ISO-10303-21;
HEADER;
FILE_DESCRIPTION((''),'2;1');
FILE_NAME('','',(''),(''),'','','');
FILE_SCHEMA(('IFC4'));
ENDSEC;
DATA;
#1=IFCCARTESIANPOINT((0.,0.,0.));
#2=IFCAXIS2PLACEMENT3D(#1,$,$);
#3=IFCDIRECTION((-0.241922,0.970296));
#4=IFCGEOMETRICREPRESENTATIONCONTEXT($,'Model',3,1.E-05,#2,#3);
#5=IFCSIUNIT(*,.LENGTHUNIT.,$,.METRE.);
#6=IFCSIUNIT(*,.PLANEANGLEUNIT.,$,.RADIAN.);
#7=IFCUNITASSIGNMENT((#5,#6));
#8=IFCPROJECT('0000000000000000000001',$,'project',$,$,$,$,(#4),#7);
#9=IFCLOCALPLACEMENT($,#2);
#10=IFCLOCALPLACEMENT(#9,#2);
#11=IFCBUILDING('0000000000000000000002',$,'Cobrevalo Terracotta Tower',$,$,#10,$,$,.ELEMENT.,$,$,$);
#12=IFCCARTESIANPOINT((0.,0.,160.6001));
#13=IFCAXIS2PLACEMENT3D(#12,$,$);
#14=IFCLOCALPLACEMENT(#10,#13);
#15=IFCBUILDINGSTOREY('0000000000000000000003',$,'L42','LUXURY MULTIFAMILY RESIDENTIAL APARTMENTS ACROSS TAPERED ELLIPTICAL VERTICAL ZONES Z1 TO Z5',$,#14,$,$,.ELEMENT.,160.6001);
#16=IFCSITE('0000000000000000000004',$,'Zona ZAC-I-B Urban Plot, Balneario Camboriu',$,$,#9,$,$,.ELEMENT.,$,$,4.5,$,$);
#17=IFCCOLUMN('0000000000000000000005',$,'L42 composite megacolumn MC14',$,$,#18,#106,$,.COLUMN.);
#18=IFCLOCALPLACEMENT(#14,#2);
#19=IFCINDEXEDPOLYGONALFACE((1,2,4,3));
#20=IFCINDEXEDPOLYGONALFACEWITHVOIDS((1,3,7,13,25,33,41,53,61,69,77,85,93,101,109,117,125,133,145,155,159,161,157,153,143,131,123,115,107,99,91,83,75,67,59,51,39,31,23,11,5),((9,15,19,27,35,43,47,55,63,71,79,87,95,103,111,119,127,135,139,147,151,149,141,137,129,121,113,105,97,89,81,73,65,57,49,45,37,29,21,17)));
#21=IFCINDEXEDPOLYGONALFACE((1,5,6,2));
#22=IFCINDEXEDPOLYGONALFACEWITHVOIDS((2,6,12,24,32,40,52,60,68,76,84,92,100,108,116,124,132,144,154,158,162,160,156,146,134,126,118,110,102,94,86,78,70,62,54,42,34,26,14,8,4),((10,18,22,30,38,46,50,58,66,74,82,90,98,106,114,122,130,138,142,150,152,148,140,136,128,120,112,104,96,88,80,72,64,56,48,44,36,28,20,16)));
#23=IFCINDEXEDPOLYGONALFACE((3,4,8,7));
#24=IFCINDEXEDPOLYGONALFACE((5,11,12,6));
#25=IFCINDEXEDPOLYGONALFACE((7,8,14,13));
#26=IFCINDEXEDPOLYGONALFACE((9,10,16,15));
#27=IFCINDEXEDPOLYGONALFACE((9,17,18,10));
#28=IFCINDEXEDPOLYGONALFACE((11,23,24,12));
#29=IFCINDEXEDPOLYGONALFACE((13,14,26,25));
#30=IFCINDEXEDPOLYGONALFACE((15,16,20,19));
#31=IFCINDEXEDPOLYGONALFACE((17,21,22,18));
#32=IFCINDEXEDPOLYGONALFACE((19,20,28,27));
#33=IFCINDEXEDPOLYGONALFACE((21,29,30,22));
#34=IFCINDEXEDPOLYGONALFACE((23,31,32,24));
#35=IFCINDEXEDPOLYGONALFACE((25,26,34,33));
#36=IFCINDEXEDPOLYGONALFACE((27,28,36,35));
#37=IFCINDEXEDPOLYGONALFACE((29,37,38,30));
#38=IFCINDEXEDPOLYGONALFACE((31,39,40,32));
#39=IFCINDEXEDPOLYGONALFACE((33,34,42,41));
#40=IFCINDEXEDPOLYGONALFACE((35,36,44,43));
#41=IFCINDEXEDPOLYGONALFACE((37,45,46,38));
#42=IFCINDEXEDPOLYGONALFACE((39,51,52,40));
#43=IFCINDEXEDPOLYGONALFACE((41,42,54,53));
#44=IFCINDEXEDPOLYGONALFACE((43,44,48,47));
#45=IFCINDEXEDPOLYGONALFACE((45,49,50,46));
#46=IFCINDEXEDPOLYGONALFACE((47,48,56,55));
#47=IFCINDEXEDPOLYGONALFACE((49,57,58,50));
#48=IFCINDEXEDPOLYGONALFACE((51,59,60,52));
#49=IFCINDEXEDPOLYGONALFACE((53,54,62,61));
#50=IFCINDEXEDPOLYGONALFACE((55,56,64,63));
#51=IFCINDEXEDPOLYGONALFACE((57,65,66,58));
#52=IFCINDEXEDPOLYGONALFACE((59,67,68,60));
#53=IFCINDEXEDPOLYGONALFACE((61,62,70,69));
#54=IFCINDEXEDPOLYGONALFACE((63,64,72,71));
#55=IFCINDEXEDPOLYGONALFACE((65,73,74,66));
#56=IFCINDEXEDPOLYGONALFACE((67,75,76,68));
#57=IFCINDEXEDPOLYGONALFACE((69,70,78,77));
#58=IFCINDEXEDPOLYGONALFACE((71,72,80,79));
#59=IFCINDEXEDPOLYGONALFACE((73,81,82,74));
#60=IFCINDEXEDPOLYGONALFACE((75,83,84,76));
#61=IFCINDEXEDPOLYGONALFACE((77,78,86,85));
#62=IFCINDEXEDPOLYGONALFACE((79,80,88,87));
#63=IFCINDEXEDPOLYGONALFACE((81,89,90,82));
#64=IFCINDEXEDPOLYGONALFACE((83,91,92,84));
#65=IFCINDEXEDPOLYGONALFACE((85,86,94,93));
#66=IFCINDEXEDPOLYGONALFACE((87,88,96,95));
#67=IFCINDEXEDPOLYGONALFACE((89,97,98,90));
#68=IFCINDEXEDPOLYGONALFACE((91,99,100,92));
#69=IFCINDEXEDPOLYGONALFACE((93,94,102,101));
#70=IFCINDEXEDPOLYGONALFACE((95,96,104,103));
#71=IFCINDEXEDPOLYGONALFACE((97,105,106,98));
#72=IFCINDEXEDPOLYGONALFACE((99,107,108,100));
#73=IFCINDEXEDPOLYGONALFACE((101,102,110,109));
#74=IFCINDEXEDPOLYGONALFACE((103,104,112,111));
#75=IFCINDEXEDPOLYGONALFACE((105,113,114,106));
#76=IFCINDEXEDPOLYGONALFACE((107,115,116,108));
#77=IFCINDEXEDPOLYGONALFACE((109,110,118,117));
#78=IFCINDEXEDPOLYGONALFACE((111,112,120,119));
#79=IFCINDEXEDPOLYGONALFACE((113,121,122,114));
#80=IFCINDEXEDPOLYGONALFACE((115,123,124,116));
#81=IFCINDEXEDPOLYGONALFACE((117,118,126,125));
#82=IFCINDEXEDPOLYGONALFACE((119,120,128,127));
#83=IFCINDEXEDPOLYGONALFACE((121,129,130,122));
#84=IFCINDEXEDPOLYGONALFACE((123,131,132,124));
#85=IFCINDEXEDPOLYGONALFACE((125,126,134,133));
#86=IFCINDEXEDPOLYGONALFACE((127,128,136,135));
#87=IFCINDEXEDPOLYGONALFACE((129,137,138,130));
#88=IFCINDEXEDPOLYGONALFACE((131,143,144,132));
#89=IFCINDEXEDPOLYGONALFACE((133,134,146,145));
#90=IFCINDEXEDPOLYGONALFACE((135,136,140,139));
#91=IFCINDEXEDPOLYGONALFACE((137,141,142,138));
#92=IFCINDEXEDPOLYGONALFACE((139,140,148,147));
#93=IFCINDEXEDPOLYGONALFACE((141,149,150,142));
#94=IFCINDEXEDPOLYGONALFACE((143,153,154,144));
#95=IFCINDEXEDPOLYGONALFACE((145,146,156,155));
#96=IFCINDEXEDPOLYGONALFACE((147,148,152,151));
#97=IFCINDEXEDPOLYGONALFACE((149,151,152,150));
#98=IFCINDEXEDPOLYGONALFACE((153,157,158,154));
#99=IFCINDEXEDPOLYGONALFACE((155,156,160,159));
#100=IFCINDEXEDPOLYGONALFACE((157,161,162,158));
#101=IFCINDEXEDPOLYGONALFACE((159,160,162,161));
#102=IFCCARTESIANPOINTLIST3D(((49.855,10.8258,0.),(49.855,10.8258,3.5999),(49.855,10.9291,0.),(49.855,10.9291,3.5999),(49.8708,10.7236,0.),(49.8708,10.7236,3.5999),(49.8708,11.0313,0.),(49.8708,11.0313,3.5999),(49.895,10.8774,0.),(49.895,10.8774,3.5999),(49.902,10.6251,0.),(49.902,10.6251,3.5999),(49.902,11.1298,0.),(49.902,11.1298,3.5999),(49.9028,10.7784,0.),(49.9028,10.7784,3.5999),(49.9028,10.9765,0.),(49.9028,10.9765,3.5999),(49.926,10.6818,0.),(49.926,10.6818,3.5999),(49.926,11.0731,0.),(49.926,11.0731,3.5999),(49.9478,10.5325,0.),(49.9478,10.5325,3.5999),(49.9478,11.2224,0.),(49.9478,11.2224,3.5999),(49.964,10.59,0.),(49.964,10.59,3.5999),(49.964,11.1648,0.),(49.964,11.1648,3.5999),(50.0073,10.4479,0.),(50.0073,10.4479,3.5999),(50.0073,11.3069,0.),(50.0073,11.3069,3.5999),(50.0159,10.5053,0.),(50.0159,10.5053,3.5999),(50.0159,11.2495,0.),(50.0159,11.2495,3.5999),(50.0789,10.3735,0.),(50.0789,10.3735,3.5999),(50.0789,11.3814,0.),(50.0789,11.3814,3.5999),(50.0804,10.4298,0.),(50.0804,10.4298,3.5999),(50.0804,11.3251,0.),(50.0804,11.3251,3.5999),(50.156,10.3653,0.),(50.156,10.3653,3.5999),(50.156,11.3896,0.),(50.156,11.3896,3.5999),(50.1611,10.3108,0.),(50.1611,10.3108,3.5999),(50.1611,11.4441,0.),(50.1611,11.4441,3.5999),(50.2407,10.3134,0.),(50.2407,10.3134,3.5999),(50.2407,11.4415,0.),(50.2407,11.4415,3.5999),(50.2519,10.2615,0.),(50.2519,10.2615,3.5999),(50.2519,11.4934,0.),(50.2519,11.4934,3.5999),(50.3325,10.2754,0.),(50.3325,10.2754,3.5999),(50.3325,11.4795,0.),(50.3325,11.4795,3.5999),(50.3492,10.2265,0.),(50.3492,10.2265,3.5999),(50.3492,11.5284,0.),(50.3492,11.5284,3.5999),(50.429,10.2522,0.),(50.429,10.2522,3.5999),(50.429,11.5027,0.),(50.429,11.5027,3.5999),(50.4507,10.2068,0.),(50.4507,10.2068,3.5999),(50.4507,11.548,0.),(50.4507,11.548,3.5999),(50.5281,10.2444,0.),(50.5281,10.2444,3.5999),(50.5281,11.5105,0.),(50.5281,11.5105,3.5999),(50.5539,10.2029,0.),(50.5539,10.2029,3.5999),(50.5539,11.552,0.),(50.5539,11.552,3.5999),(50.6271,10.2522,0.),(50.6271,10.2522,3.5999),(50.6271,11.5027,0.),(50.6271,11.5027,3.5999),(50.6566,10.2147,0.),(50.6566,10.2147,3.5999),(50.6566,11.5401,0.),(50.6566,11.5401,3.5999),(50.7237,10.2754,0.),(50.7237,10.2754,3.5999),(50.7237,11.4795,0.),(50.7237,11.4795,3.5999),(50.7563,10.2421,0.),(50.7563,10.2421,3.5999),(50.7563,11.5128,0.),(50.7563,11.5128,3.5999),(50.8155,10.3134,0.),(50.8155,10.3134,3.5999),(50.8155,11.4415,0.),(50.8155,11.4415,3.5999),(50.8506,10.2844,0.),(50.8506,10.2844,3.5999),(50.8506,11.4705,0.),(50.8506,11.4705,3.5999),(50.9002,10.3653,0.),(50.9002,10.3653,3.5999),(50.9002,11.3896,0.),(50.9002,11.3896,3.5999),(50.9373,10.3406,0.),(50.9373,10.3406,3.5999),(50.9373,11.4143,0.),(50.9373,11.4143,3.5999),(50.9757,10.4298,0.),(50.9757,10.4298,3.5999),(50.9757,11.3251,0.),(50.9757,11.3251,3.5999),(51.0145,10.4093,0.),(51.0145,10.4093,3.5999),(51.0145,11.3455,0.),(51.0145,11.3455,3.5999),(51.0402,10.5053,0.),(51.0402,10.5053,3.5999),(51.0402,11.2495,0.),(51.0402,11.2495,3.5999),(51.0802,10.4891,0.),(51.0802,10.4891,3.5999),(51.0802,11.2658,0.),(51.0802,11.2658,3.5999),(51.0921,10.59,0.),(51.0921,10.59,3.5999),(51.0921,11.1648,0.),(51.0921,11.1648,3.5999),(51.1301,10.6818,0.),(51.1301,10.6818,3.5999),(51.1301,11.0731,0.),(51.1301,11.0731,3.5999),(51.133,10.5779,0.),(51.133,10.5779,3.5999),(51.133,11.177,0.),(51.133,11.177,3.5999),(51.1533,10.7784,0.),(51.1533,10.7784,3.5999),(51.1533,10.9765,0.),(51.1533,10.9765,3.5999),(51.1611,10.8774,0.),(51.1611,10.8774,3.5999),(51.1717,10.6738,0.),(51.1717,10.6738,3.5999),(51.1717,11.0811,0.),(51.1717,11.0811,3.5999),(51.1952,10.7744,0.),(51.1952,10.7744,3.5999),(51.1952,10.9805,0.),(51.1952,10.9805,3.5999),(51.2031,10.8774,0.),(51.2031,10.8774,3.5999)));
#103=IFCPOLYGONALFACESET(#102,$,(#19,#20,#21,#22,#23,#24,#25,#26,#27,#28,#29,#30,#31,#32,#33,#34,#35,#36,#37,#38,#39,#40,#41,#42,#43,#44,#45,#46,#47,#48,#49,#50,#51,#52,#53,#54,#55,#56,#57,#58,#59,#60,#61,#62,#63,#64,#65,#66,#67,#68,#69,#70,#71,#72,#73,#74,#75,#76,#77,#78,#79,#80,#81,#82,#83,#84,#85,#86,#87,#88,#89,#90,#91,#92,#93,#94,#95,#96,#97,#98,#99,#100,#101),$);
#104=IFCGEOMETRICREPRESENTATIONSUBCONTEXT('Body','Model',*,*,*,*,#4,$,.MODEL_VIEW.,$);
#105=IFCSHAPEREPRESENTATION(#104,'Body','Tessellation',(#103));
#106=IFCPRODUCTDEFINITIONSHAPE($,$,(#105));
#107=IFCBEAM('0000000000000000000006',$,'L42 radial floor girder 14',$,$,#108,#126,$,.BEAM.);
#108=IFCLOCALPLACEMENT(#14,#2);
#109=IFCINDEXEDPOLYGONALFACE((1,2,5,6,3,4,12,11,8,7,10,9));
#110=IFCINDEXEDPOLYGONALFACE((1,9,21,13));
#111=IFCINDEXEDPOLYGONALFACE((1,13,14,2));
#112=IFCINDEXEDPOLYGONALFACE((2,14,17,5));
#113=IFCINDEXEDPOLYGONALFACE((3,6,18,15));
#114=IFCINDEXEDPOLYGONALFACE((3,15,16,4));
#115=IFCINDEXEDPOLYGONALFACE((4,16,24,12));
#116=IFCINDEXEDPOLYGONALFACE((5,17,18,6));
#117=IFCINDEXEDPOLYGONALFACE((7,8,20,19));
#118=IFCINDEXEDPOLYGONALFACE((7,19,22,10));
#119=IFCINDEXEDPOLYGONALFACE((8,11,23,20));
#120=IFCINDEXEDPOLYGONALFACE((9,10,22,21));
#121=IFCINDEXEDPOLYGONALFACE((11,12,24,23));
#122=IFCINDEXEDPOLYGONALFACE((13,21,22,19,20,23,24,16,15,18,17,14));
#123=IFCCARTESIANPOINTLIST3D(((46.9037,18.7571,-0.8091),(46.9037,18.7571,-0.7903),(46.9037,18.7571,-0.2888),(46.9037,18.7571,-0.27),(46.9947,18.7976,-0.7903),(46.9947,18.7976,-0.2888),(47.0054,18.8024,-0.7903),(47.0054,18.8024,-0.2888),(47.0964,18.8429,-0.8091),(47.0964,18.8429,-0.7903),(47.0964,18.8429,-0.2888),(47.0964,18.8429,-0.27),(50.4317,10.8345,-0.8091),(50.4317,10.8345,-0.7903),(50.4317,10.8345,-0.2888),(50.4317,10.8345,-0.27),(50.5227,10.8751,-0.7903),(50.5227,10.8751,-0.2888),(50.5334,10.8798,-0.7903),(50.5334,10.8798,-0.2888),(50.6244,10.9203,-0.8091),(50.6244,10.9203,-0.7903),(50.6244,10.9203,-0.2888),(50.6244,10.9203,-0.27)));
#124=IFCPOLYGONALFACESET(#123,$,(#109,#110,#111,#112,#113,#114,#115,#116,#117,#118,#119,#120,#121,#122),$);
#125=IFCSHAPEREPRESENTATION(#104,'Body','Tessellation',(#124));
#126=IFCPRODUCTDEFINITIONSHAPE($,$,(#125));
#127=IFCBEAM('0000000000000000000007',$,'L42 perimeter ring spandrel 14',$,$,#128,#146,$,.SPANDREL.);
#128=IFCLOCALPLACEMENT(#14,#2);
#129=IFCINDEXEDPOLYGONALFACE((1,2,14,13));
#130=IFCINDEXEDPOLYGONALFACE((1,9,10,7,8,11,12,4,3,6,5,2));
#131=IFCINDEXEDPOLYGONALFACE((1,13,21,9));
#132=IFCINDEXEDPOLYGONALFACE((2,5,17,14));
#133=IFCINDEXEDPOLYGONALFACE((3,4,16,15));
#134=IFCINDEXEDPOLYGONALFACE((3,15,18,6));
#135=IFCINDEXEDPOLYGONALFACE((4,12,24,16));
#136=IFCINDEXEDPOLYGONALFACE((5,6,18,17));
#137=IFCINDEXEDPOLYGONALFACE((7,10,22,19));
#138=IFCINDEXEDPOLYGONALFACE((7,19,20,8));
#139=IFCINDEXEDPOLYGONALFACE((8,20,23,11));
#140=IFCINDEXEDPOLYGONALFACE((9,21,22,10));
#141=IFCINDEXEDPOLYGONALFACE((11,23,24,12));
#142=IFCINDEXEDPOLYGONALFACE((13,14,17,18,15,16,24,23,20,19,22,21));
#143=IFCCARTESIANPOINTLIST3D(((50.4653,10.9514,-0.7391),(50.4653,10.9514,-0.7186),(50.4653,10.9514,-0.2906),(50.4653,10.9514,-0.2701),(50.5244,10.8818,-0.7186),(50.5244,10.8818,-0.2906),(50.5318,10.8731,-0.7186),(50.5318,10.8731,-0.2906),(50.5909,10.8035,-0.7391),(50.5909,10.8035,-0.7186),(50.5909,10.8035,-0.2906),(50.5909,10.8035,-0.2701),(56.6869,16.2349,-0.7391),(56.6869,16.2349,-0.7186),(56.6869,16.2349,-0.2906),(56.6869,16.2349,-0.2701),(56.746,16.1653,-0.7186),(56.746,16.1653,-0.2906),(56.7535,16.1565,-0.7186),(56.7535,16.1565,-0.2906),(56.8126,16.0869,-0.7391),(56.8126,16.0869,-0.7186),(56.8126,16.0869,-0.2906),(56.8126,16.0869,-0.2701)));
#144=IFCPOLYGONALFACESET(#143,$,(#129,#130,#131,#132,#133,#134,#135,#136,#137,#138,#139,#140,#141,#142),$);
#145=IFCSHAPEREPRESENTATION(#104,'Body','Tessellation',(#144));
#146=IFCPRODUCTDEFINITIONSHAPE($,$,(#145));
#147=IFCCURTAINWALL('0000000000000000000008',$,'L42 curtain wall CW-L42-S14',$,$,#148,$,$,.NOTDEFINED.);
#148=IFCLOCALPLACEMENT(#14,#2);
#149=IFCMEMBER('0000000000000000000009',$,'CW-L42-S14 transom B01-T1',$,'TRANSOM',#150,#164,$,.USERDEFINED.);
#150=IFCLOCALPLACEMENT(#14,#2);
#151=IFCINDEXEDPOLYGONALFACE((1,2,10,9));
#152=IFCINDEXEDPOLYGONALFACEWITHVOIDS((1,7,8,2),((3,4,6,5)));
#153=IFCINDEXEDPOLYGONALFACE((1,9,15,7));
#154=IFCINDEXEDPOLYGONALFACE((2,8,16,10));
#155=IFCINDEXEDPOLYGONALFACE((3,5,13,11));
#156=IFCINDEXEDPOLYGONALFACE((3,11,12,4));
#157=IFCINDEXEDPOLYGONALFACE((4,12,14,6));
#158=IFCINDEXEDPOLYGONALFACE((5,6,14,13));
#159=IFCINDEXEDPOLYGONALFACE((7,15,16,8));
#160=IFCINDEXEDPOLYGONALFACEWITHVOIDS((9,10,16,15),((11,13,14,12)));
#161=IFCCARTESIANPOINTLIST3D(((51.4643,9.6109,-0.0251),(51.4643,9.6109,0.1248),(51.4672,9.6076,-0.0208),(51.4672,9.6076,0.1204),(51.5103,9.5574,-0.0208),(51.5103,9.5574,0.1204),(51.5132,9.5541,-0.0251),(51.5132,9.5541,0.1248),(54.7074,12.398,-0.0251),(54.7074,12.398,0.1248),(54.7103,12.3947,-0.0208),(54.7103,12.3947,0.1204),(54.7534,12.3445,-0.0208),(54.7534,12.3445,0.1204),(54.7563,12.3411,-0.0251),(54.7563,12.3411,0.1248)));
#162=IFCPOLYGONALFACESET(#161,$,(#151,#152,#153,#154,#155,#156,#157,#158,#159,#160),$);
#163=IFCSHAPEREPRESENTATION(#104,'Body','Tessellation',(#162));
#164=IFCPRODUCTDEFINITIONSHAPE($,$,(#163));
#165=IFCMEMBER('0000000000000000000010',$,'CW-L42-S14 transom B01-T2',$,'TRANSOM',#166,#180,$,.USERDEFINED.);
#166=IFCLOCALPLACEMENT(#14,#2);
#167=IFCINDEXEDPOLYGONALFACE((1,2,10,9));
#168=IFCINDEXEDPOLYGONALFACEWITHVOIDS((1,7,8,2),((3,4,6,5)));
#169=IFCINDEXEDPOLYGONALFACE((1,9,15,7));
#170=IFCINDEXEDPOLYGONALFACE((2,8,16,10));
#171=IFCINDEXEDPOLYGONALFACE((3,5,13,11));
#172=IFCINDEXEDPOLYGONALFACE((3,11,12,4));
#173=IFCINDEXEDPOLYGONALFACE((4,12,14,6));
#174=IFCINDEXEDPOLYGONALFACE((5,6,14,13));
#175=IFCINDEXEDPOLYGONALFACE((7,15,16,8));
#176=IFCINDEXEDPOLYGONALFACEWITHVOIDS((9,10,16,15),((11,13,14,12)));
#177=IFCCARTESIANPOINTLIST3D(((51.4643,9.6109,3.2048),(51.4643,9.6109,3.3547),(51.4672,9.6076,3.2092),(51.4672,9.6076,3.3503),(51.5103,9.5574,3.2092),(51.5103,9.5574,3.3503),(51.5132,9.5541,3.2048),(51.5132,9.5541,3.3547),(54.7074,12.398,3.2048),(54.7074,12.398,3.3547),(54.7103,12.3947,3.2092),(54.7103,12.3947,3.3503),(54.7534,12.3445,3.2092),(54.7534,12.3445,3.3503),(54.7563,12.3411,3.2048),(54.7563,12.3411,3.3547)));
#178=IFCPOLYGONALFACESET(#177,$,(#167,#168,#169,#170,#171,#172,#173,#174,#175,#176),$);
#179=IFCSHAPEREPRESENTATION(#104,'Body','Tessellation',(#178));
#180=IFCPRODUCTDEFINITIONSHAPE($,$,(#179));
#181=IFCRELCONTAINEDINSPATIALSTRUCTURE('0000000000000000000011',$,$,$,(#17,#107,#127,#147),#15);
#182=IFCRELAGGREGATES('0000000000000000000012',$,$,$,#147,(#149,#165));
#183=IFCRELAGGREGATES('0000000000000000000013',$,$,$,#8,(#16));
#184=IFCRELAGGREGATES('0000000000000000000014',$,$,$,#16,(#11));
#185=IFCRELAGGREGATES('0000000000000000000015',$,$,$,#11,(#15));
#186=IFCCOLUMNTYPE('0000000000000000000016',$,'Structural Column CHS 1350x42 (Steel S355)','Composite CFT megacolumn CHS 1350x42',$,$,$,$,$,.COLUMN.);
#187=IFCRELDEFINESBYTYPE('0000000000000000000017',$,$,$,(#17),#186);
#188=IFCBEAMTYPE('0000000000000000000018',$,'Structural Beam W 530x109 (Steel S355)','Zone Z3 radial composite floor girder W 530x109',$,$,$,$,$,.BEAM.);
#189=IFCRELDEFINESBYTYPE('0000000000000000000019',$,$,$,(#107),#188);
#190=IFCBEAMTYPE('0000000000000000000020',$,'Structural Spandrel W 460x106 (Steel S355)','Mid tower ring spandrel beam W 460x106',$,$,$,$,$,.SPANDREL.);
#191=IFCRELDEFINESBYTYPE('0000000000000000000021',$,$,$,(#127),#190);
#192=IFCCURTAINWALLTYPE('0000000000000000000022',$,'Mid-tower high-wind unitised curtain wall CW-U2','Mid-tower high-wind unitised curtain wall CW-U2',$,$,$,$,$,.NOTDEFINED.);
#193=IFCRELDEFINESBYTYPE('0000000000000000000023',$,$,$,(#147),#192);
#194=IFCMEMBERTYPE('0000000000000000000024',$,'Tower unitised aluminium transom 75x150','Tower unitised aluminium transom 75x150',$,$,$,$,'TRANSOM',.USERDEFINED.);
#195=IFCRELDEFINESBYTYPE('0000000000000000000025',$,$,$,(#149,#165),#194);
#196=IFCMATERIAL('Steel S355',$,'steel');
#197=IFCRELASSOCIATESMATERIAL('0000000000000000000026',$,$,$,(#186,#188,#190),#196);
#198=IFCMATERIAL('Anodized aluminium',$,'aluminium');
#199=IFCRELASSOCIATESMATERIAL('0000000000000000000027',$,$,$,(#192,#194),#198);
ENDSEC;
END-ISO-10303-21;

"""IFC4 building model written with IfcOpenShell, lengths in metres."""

from ifc_helpers import new_model, si_unit, direction, frame, origin, origin_2d, place, context, subcontext, project, spatial, hollow_rectangle, hollow_circle, i_section, extrude, source, transform, mapped, material, material_profile, profile_set, type_object, element, aggregate, save


model = new_model("IFC4")

# Units and contexts
model_context = context("Model", 3, precision=1e-05, world=origin(), true_north=direction((-0.241922, 0.970296)))
body_context = subcontext(model_context, "Body", "Model", "MODEL_VIEW")
ifc_project = project(units=[si_unit("LENGTHUNIT", "METRE"), si_unit("PLANEANGLEUNIT", "RADIAN")], contexts=[model_context])

# Site, building, storey
site_placement = place(None, origin())
site = spatial("IfcSite", under=ifc_project, at=site_placement, Name="Zona ZAC-I-B Urban Plot, Balneario Camboriu", CompositionType="ELEMENT", RefElevation=4.5)
building_placement = place(site_placement, origin())
building = spatial("IfcBuilding", under=site, at=building_placement, Name="Cobrevalo Terracotta Tower", CompositionType="ELEMENT")
storey_placement = place(building_placement, frame((0.0, 0.0, 160.6001)))
storey = spatial("IfcBuildingStorey", under=building, at=storey_placement, Name="L42", Description="LUXURY MULTIFAMILY RESIDENTIAL APARTMENTS ACROSS TAPERED ELLIPTICAL VERTICAL ZONES Z1 TO Z5", CompositionType="ELEMENT", Elevation=160.6001)

# Column
ifc_material_1 = material(Name="Steel S355", Category="steel")
ifc_material_profile_1 = material_profile(ifc_material_1, hollow_circle(Radius=0.675, WallThickness=0.042, at=origin_2d()), Name="CHS 1350x42")
ifc_profile_set_1 = profile_set([ifc_material_profile_1], Name="Steel S355")
column_type = type_object("IfcColumnType", Name="Structural Column CHS 1350x42 (Steel S355)", Description="Composite CFT megacolumn CHS 1350x42", PredefinedType="COLUMN", material=ifc_profile_set_1)
column_placement = place(storey_placement, frame((50.5281, 10.8774, 0.0), z_axis=(0.0, 0.0, 1.0), x_axis=(1.0, 0.0, 0.0)))
element("IfcColumn", 1, at=column_placement, inside=storey, type_object=column_type, Name="L42 composite megacolumn MC14", PredefinedType="COLUMN", context=body_context, shape_type="SweptSolid", body=[
    extrude(hollow_circle(Radius=0.675, WallThickness=0.042, at=origin_2d()), origin(), (0.0, 0.0, 1.0), 3.5999),
])

# Beams
ifc_material_profile_2 = material_profile(ifc_material_1, i_section(OverallWidth=0.2109, OverallDepth=0.5391, WebThickness=0.0117, FlangeThickness=0.0188, at=origin_2d()), Name="W 530x109")
ifc_profile_set_2 = profile_set([ifc_material_profile_2], Name="Steel S355")
beam_type_1 = type_object("IfcBeamType", Name="Structural Beam W 530x109 (Steel S355)", Description="Zone Z3 radial composite floor girder W 530x109", PredefinedType="BEAM", material=ifc_profile_set_2)
beam_1_placement = place(storey_placement, frame((50.5281, 10.8774, -0.5396), z_axis=(-0.406804, 0.913515, 0.0), x_axis=(-0.913515, -0.406804, 0.0)))
element("IfcBeam", 2, at=beam_1_placement, inside=storey, type_object=beam_type_1, Name="L42 radial floor girder 14", PredefinedType="BEAM", context=body_context, shape_type="SweptSolid", body=[
    extrude(i_section(OverallWidth=0.2109, OverallDepth=0.5391, WebThickness=0.0117, FlangeThickness=0.0188, at=origin_2d()), origin(), (0.0, 0.0, 1.0), 8.6726),
])
ifc_material_profile_3 = material_profile(ifc_material_1, i_section(OverallWidth=0.1941, OverallDepth=0.469, WebThickness=0.0115, FlangeThickness=0.0205, at=origin_2d()), Name="W 460x106")
ifc_profile_set_3 = profile_set([ifc_material_profile_3], Name="Steel S355")
beam_type_2 = type_object("IfcBeamType", Name="Structural Spandrel W 460x106 (Steel S355)", Description="Mid tower ring spandrel beam W 460x106", PredefinedType="SPANDREL", material=ifc_profile_set_3)
beam_2_placement = place(storey_placement, frame((50.5281, 10.8774, -0.5046), z_axis=(0.76224, 0.647294, 0.0), x_axis=(-0.647294, 0.76224, 0.0)))
element("IfcBeam", 3, at=beam_2_placement, inside=storey, type_object=beam_type_2, Name="L42 perimeter ring spandrel 14", PredefinedType="SPANDREL", context=body_context, shape_type="SweptSolid", body=[
    extrude(i_section(OverallWidth=0.1941, OverallDepth=0.469, WebThickness=0.0115, FlangeThickness=0.0205, at=origin_2d()), origin(), (0.0, 0.0, 1.0), 8.1624),
])

# Curtain wall, members
ifc_material_2 = material(Name="Anodized aluminium", Category="aluminium")
curtain_wall_type = type_object("IfcCurtainWallType", Name="Mid-tower high-wind unitised curtain wall CW-U2", Description="Mid-tower high-wind unitised curtain wall CW-U2", PredefinedType="NOTDEFINED", material=ifc_material_2)
curtain_wall_1_placement = place(storey_placement, origin())
curtain_wall_1 = element("IfcCurtainWall", 4, at=curtain_wall_1_placement, inside=storey, type_object=curtain_wall_type, Name="L42 curtain wall CW-L42-S14", PredefinedType="NOTDEFINED")
ifc_material_profile_4 = material_profile(ifc_material_2, hollow_rectangle(XDim=0.075, YDim=0.1499, WallThickness=0.0044, at=origin_2d()), Name="CWT 75x150")
ifc_profile_set_4 = profile_set([ifc_material_profile_4], Name="Anodized aluminium")
member_type_1 = type_object("IfcMemberType", Name="Tower unitised aluminium transom 75x150", Description="Tower unitised aluminium transom 75x150", ElementType="TRANSOM", PredefinedType="USERDEFINED", material=ifc_profile_set_4)
shared_shape_1 = source(origin(), body_context, "Body", "SweptSolid", [
    extrude(hollow_rectangle(XDim=0.075, YDim=0.1499, WallThickness=0.0044, at=origin_2d()), origin(), (0.0, 0.0, 1.0), 4.2761),
])
member_1_placement = place(storey_placement, frame((51.4888, 9.5825, 0.0498), z_axis=(0.758418, 0.651769, 0.0), x_axis=(-0.651769, 0.758418, 0.0)))
member_1 = element("IfcMember", 5, at=member_1_placement, type_object=member_type_1, Name="CW-L42-S14 transom B01-T1", ObjectType="TRANSOM", PredefinedType="USERDEFINED", context=body_context, shape_type="MappedRepresentation", body=[
    mapped(shared_shape_1, transform((0.0, 0.0, 0.0), scale=1.0)),
])
member_2_placement = place(storey_placement, frame((51.4888, 9.5825, 3.2798), z_axis=(0.758418, 0.651769, 0.0), x_axis=(-0.651769, 0.758418, 0.0)))
member_2 = element("IfcMember", 6, at=member_2_placement, type_object=member_type_1, Name="CW-L42-S14 transom B01-T2", ObjectType="TRANSOM", PredefinedType="USERDEFINED", context=body_context, shape_type="MappedRepresentation", body=[
    mapped(shared_shape_1, transform((0.0, 0.0, 0.0), scale=1.0)),
])

aggregate(curtain_wall_1, [member_1, member_2])

save(model, "model.ifc")
